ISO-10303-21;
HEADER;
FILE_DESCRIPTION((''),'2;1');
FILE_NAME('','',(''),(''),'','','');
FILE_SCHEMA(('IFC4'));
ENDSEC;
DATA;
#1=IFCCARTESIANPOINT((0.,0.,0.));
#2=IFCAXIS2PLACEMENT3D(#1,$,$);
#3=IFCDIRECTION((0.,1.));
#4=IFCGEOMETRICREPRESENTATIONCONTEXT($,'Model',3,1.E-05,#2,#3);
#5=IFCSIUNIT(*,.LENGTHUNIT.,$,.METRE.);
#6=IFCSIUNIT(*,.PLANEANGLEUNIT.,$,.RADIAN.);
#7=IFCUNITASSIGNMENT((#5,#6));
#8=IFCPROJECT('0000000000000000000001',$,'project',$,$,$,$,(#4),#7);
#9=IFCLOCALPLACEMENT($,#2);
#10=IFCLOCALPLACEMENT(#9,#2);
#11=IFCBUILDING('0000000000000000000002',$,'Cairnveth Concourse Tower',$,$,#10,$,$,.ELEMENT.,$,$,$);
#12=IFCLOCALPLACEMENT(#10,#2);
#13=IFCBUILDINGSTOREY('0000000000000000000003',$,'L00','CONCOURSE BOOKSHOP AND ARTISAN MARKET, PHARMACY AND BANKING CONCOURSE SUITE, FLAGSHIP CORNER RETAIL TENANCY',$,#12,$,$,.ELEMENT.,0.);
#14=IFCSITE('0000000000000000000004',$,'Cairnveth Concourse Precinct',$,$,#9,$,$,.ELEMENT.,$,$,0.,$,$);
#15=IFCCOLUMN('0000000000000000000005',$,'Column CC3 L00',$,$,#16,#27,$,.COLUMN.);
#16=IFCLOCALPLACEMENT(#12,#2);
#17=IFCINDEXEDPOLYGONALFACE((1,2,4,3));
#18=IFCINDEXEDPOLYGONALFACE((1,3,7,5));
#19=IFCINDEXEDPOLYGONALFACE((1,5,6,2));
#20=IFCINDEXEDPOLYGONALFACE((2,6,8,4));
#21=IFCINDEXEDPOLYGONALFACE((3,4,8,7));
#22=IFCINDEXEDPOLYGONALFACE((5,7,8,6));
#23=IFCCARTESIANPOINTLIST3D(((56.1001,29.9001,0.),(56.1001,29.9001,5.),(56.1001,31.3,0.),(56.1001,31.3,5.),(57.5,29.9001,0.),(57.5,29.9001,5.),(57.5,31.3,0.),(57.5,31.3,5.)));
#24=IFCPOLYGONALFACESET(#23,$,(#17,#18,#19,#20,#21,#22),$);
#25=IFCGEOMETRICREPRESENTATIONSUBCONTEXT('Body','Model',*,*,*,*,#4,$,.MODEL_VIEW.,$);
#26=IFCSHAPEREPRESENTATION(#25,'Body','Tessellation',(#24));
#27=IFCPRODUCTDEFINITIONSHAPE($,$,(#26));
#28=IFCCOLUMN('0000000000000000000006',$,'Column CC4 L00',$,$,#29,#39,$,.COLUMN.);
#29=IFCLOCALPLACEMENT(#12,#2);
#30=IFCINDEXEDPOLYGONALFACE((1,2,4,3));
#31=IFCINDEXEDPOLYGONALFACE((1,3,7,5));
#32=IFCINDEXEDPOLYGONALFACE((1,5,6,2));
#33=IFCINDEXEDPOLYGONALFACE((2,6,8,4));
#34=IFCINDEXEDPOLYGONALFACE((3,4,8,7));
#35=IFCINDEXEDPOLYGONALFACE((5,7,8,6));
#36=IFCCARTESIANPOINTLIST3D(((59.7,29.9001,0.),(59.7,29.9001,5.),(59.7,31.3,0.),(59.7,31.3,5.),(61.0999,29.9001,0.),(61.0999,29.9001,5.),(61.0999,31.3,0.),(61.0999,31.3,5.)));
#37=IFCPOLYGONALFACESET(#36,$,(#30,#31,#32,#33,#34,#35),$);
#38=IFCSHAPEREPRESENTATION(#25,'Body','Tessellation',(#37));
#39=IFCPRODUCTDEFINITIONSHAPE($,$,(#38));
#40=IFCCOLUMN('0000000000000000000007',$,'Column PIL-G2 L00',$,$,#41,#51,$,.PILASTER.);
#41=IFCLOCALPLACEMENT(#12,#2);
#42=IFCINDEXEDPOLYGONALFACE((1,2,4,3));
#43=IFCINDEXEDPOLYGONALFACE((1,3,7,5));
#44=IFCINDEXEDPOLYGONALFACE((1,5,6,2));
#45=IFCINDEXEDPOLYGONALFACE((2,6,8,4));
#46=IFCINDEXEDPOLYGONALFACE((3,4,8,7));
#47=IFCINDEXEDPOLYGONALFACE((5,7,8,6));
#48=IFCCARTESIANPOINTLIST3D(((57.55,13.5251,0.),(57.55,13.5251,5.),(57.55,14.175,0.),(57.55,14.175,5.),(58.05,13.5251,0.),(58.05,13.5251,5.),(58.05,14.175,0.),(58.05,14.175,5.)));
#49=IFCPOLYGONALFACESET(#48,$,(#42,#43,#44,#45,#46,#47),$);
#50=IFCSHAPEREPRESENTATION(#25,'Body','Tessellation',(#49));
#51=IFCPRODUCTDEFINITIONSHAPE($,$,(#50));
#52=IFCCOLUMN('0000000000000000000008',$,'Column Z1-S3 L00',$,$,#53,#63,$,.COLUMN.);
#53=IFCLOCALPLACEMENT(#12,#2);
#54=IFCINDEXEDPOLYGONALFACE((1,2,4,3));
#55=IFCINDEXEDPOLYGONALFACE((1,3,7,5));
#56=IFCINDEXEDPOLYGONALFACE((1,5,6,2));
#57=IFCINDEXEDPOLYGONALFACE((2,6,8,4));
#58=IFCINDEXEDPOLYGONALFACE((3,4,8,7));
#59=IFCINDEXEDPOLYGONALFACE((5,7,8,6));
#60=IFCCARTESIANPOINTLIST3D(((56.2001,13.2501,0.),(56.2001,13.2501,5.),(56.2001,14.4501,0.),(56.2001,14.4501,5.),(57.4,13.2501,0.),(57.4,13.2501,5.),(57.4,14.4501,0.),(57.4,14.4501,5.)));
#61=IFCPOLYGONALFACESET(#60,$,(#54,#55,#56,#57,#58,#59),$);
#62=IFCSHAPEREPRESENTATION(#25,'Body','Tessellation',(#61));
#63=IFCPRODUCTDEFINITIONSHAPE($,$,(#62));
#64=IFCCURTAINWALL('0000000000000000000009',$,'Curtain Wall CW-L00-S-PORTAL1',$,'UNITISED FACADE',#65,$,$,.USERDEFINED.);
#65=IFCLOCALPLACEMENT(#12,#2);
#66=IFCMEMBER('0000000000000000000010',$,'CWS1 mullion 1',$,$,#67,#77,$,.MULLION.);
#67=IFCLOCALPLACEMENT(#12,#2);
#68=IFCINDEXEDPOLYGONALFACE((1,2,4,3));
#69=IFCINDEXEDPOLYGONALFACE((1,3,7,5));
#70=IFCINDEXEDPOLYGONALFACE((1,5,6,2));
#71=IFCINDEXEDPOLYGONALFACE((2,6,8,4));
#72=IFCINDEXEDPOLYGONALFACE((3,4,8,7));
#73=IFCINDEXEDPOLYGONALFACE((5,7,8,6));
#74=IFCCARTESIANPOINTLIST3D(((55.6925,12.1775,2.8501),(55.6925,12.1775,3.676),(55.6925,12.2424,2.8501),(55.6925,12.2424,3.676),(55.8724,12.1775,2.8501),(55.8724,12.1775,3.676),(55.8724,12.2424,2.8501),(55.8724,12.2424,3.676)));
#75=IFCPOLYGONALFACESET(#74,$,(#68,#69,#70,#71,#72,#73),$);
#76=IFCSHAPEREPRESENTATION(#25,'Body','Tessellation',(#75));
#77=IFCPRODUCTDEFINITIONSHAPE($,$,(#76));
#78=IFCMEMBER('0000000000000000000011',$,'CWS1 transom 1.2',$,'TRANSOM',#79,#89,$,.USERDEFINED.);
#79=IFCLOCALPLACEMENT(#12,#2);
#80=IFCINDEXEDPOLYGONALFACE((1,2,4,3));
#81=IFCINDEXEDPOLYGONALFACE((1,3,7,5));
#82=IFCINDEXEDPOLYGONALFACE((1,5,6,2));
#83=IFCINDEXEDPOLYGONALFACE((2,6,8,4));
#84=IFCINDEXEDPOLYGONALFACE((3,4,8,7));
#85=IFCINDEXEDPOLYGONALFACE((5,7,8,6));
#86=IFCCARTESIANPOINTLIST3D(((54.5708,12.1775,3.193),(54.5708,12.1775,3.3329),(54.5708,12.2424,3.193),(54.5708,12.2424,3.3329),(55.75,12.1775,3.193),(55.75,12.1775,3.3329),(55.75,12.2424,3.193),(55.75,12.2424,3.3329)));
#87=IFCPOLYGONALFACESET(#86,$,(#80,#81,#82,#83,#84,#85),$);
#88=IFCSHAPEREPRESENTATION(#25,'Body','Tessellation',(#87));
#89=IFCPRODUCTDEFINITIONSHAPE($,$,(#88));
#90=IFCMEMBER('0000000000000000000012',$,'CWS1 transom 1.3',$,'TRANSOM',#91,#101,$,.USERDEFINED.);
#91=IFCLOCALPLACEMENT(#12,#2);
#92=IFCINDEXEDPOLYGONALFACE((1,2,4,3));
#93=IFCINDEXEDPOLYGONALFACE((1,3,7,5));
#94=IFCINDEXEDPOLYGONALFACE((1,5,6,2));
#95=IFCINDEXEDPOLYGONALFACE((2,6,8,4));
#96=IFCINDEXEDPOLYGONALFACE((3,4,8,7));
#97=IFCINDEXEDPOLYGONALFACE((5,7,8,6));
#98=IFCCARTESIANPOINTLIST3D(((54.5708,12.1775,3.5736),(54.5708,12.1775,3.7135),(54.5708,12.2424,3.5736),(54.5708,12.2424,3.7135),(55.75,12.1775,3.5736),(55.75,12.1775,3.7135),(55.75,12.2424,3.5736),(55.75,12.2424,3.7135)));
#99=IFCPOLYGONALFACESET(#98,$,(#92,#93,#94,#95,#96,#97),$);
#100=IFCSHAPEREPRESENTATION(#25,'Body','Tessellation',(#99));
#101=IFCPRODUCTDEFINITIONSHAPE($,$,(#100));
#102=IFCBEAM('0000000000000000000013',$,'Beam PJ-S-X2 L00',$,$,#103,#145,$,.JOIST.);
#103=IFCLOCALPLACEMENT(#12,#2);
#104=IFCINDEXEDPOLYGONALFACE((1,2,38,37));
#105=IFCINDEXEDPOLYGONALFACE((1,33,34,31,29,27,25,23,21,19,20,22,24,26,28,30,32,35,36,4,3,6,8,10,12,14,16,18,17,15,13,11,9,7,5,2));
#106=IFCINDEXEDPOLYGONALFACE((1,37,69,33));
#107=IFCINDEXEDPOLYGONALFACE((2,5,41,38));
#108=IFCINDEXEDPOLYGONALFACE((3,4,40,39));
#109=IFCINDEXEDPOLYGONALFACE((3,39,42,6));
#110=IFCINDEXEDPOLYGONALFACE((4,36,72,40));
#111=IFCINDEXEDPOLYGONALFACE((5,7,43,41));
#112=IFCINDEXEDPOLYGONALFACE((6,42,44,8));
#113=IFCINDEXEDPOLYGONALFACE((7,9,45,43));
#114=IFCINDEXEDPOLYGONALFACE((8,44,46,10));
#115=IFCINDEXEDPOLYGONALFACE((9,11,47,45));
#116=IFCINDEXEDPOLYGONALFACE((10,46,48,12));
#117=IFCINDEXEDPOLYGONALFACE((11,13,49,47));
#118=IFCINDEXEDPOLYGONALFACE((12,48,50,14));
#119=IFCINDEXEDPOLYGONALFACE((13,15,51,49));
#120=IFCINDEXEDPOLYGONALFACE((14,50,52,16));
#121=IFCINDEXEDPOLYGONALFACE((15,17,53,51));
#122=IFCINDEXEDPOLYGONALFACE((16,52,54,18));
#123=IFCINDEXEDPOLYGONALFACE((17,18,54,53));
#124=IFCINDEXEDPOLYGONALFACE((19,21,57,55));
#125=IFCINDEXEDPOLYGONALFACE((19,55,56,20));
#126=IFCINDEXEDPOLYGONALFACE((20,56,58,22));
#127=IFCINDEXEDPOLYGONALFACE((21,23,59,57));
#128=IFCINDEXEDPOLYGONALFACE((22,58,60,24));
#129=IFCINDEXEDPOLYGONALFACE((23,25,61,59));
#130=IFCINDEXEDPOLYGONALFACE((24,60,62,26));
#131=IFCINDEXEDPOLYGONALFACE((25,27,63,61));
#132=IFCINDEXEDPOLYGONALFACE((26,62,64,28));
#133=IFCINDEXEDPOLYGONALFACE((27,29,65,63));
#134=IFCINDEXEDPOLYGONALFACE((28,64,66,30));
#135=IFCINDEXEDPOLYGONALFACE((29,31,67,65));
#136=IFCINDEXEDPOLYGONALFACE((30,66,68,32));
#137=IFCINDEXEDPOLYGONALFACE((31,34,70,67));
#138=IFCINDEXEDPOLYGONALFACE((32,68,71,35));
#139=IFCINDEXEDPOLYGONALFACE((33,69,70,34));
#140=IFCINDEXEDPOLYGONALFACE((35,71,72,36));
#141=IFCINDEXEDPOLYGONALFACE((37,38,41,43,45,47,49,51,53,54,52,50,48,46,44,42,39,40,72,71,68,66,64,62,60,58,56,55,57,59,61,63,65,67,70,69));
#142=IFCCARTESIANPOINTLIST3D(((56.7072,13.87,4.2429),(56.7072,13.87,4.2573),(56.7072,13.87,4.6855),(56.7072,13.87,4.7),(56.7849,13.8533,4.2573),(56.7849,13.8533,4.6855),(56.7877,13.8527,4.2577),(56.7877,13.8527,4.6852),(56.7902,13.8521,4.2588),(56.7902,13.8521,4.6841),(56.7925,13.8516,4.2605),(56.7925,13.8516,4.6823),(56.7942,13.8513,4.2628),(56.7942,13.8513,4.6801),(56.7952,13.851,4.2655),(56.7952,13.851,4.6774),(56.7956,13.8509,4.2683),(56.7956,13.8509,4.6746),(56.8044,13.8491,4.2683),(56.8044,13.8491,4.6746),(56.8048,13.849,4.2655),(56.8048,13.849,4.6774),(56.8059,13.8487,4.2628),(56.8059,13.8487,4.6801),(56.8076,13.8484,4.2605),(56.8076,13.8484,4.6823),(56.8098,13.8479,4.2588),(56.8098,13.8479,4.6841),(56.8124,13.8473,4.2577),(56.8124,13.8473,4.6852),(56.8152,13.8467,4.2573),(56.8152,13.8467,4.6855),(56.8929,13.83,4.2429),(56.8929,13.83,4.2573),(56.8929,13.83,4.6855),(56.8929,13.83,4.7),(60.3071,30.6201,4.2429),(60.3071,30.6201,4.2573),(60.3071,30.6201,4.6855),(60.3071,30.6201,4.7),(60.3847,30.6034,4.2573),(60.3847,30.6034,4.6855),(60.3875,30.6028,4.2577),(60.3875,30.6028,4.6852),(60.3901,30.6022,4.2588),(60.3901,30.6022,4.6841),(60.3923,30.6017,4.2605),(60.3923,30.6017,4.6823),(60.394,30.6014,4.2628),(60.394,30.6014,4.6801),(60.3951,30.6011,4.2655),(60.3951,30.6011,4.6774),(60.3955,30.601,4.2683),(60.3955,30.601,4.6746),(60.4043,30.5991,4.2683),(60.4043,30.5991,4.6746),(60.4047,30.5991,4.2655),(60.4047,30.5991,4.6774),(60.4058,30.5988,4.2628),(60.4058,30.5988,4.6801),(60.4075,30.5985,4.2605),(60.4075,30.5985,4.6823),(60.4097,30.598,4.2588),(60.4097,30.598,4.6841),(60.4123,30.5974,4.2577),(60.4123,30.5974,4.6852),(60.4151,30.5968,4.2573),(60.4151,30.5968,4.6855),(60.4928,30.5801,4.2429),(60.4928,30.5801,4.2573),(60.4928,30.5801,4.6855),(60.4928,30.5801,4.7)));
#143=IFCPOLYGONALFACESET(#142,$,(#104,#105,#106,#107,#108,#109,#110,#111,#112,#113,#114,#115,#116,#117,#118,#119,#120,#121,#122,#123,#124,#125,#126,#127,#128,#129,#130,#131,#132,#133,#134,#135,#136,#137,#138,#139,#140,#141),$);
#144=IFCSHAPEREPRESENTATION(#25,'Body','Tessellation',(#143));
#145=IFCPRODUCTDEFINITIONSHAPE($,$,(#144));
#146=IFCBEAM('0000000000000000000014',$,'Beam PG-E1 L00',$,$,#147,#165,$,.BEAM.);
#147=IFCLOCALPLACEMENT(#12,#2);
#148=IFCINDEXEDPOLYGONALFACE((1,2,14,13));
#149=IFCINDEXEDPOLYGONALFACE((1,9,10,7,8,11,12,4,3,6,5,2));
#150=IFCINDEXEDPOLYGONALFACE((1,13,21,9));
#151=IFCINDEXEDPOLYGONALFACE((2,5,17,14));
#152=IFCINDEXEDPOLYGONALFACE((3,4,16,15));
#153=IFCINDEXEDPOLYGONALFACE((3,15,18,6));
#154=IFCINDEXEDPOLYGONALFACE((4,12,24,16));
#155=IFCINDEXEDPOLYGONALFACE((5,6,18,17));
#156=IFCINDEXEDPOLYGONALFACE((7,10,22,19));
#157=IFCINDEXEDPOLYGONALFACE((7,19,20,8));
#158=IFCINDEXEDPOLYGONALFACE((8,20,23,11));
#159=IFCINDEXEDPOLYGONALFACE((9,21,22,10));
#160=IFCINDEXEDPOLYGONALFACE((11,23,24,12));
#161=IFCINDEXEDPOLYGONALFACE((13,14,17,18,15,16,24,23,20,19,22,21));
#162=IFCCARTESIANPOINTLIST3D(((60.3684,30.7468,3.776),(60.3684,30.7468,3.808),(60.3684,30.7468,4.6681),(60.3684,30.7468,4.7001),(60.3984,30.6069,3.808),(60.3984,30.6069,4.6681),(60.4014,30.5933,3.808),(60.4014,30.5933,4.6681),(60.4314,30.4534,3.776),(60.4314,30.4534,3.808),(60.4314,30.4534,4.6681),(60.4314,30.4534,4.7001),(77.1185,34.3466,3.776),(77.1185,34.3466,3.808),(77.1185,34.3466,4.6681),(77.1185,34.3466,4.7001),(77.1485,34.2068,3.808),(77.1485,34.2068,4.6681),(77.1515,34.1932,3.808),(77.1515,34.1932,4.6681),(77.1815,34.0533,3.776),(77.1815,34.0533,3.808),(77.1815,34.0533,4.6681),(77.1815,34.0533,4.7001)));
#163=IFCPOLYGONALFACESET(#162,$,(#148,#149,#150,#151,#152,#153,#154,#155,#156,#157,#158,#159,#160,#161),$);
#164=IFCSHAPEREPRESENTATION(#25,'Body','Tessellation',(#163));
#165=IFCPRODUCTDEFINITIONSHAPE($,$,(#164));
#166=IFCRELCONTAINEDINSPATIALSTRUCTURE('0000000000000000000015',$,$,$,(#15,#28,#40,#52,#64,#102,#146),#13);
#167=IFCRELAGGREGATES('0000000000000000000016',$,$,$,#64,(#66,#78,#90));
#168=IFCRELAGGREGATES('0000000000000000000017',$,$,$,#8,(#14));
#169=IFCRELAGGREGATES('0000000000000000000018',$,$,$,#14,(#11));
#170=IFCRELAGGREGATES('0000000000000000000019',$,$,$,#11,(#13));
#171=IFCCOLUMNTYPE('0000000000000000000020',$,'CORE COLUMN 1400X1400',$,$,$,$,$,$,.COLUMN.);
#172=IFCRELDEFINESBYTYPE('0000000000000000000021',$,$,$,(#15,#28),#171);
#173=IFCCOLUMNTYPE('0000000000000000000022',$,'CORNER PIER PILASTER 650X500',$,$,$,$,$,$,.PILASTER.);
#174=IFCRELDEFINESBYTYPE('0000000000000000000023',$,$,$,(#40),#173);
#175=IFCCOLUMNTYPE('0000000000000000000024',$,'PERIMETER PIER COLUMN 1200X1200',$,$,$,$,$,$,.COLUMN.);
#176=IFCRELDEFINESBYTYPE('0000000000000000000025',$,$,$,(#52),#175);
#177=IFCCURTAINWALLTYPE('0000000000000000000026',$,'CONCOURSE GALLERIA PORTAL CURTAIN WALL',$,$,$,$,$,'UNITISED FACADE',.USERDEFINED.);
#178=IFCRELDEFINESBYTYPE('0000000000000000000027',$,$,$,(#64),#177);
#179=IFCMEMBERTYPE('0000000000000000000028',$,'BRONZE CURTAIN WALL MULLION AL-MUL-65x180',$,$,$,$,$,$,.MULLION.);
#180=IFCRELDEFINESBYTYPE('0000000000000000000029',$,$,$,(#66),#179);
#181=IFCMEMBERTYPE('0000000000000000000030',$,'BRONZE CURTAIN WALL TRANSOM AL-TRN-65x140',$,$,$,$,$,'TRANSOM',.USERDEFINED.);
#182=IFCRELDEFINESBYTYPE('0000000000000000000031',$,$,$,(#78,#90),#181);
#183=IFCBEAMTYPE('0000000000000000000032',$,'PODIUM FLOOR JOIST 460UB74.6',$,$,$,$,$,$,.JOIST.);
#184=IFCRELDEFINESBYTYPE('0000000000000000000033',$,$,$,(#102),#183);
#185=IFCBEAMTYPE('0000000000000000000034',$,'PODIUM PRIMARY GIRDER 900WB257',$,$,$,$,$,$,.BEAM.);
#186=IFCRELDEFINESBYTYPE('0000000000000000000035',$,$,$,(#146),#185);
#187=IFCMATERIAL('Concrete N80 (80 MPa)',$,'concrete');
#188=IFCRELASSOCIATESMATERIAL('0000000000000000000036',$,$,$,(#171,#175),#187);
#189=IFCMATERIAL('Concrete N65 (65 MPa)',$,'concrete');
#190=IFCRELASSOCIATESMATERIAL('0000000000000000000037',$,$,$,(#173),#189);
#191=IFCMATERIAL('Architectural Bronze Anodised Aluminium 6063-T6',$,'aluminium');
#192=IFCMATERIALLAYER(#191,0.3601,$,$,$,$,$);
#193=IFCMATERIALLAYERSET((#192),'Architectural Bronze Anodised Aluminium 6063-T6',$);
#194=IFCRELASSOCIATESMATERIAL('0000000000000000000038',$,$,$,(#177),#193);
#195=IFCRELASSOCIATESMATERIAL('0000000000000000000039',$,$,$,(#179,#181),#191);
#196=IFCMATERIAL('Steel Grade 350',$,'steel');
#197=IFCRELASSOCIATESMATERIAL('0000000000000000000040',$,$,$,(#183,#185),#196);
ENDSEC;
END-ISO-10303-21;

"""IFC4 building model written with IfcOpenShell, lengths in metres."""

from ifc_helpers import new_model, si_unit, direction, frame, origin, origin_2d, place, context, subcontext, project, spatial, rectangle, i_section, extrude, material, layer, layer_set, material_profile, profile_set, type_object, element, aggregate, save


model = new_model("IFC4")

# Units and contexts
model_context = context("Model", 3, precision=1e-05, world=origin(), true_north=direction((0.0, 1.0)))
body_context = subcontext(model_context, "Body", "Model", "MODEL_VIEW")
ifc_project = project(units=[si_unit("LENGTHUNIT", "METRE"), si_unit("PLANEANGLEUNIT", "RADIAN")], contexts=[model_context])

# Site, building, storey
site_placement = place(None, origin())
site = spatial("IfcSite", under=ifc_project, at=site_placement, Name="Cairnveth Concourse Precinct", CompositionType="ELEMENT", RefElevation=0.0)
building_placement = place(site_placement, origin())
building = spatial("IfcBuilding", under=site, at=building_placement, Name="Cairnveth Concourse Tower", CompositionType="ELEMENT")
storey_placement = place(building_placement, origin())
storey = spatial("IfcBuildingStorey", under=building, at=storey_placement, Name="L00", Description="CONCOURSE BOOKSHOP AND ARTISAN MARKET, PHARMACY AND BANKING CONCOURSE SUITE, FLAGSHIP CORNER RETAIL TENANCY", CompositionType="ELEMENT", Elevation=0.0)

# Columns
ifc_material_1 = material(Name="Concrete N80 (80 MPa)", Category="concrete")
ifc_material_profile_1 = material_profile(ifc_material_1, rectangle(XDim=1.3999, YDim=1.3999, at=origin_2d()), Name="RC-COL-1400x1400")
ifc_profile_set_1 = profile_set([ifc_material_profile_1], Name="Concrete N80 (80 MPa)")
column_type_1 = type_object("IfcColumnType", Name="CORE COLUMN 1400X1400", PredefinedType="COLUMN", material=ifc_profile_set_1)
for number, where, z_axis, x_axis, name in (
    (1, (56.8, 30.6001, 0.0), (0.0, 0.0, 1.0), (1.0, 0.0, 0.0), "Column CC3 L00"),
    (2, (60.3999, 30.6001, 0.0), (0.0, 0.0, 1.0), (1.0, 0.0, 0.0), "Column CC4 L00"),
):
    element("IfcColumn", number, at=place(storey_placement, frame(where, z_axis=z_axis, x_axis=x_axis)), inside=storey, type_object=column_type_1, Name=name, PredefinedType="COLUMN", context=body_context, shape_type="SweptSolid", body=[
        extrude(rectangle(XDim=1.3999, YDim=1.3999, at=origin_2d()), origin(), (0.0, 0.0, 1.0), 5.0),
    ])
ifc_material_2 = material(Name="Concrete N65 (65 MPa)", Category="concrete")
ifc_material_profile_2 = material_profile(ifc_material_2, rectangle(XDim=0.5, YDim=0.6499, at=origin_2d()), Name="RC-PIL-650x500")
ifc_profile_set_2 = profile_set([ifc_material_profile_2], Name="Concrete N65 (65 MPa)")
column_type_2 = type_object("IfcColumnType", Name="CORNER PIER PILASTER 650X500", PredefinedType="PILASTER", material=ifc_profile_set_2)
column_1_placement = place(storey_placement, frame((57.8, 13.8501, 0.0), z_axis=(0.0, 0.0, 1.0), x_axis=(1.0, 0.0, 0.0)))
element("IfcColumn", 3, at=column_1_placement, inside=storey, type_object=column_type_2, Name="Column PIL-G2 L00", PredefinedType="PILASTER", context=body_context, shape_type="SweptSolid", body=[
    extrude(rectangle(XDim=0.5, YDim=0.6499, at=origin_2d()), origin(), (0.0, 0.0, 1.0), 5.0),
])
ifc_material_profile_3 = material_profile(ifc_material_1, rectangle(XDim=1.2, YDim=1.2, at=origin_2d()), Name="RC-COL-1200x1200")
ifc_profile_set_3 = profile_set([ifc_material_profile_3], Name="Concrete N80 (80 MPa)")
column_type_3 = type_object("IfcColumnType", Name="PERIMETER PIER COLUMN 1200X1200", PredefinedType="COLUMN", material=ifc_profile_set_3)
column_2_placement = place(storey_placement, frame((56.8, 13.8501, 0.0), z_axis=(0.0, 0.0, 1.0), x_axis=(1.0, 0.0, 0.0)))
element("IfcColumn", 4, at=column_2_placement, inside=storey, type_object=column_type_3, Name="Column Z1-S3 L00", PredefinedType="COLUMN", context=body_context, shape_type="SweptSolid", body=[
    extrude(rectangle(XDim=1.2, YDim=1.2, at=origin_2d()), origin(), (0.0, 0.0, 1.0), 5.0),
])

# Curtain wall, members
ifc_material_3 = material(Name="Architectural Bronze Anodised Aluminium 6063-T6", Category="aluminium")
ifc_layer_1 = layer(ifc_material_3, 0.3601)
ifc_layer_set_1 = layer_set([ifc_layer_1], Name="Architectural Bronze Anodised Aluminium 6063-T6")
curtain_wall_type = type_object("IfcCurtainWallType", Name="CONCOURSE GALLERIA PORTAL CURTAIN WALL", ElementType="UNITISED FACADE", PredefinedType="USERDEFINED", material=ifc_layer_set_1)
curtain_wall_placement = place(storey_placement, origin())
curtain_wall = element("IfcCurtainWall", 5, at=curtain_wall_placement, inside=storey, type_object=curtain_wall_type, Name="Curtain Wall CW-L00-S-PORTAL1", ObjectType="UNITISED FACADE", PredefinedType="USERDEFINED")
ifc_material_profile_4 = material_profile(ifc_material_3, rectangle(XDim=0.0649, YDim=0.1799, at=origin_2d()), Name="AL-MUL-65x180")
ifc_profile_set_4 = profile_set([ifc_material_profile_4], Name="Architectural Bronze Anodised Aluminium 6063-T6")
member_type_1 = type_object("IfcMemberType", Name="BRONZE CURTAIN WALL MULLION AL-MUL-65x180", PredefinedType="MULLION", material=ifc_profile_set_4)
member_1_placement = place(storey_placement, frame((55.7825, 12.21, 2.8501), z_axis=(0.0, 0.0, 1.0), x_axis=(0.0, -1.0, 0.0)))
member_1 = element("IfcMember", 6, at=member_1_placement, type_object=member_type_1, Name="CWS1 mullion 1", PredefinedType="MULLION", context=body_context, shape_type="SweptSolid", body=[
    extrude(rectangle(XDim=0.0649, YDim=0.1799, at=origin_2d()), origin(), (0.0, 0.0, 1.0), 0.8259),
])
ifc_material_profile_5 = material_profile(ifc_material_3, rectangle(XDim=0.0649, YDim=0.1399, at=origin_2d()), Name="AL-TRN-65x140")
ifc_profile_set_5 = profile_set([ifc_material_profile_5], Name="Architectural Bronze Anodised Aluminium 6063-T6")
member_type_2 = type_object("IfcMemberType", Name="BRONZE CURTAIN WALL TRANSOM AL-TRN-65x140", ElementType="TRANSOM", PredefinedType="USERDEFINED", material=ifc_profile_set_5)
member_2_placement = place(storey_placement, frame((55.75, 12.21, 3.2629), z_axis=(-1.0, 0.0, 0.0), x_axis=(0.0, -1.0, 0.0)))
member_2 = element("IfcMember", 7, at=member_2_placement, type_object=member_type_2, Name="CWS1 transom 1.2", ObjectType="TRANSOM", PredefinedType="USERDEFINED", context=body_context, shape_type="SweptSolid", body=[
    extrude(rectangle(XDim=0.0649, YDim=0.1399, at=origin_2d()), origin(), (0.0, 0.0, 1.0), 1.1792),
])
member_3_placement = place(storey_placement, frame((55.75, 12.21, 3.6436), z_axis=(-1.0, 0.0, 0.0), x_axis=(0.0, -1.0, 0.0)))
member_3 = element("IfcMember", 8, at=member_3_placement, type_object=member_type_2, Name="CWS1 transom 1.3", ObjectType="TRANSOM", PredefinedType="USERDEFINED", context=body_context, shape_type="SweptSolid", body=[
    extrude(rectangle(XDim=0.0649, YDim=0.1399, at=origin_2d()), origin(), (0.0, 0.0, 1.0), 1.1792),
])
aggregate(curtain_wall, [member_1, member_2, member_3])

# Beams
ifc_material_4 = material(Name="Steel Grade 350", Category="steel")
ifc_material_profile_6 = material_profile(ifc_material_4, i_section(OverallWidth=0.1899, OverallDepth=0.457, WebThickness=0.009, FlangeThickness=0.0144, FilletRadius=0.011, at=origin_2d()), Name="460UB74.6")
ifc_profile_set_6 = profile_set([ifc_material_profile_6], Name="Steel Grade 350")
beam_type_1 = type_object("IfcBeamType", Name="PODIUM FLOOR JOIST 460UB74.6", PredefinedType="JOIST", material=ifc_profile_set_6)
beam_1_placement = place(storey_placement, frame((60.3999, 30.6001, 4.4714), z_axis=(-0.210119, -0.977676, 0.0), x_axis=(0.977676, -0.210119, 0.0)))
element("IfcBeam", 9, at=beam_1_placement, inside=storey, type_object=beam_type_1, Name="Beam PJ-S-X2 L00", PredefinedType="JOIST", context=body_context, shape_type="SweptSolid", body=[
    extrude(i_section(OverallWidth=0.1899, OverallDepth=0.457, WebThickness=0.009, FlangeThickness=0.0144, FilletRadius=0.011, at=origin_2d()), origin(), (0.0, 0.0, 1.0), 17.1326),
])
ifc_material_profile_7 = material_profile(ifc_material_4, i_section(OverallWidth=0.3, OverallDepth=0.9241, WebThickness=0.0139, FlangeThickness=0.032, at=origin_2d()), Name="900WB257")
ifc_profile_set_7 = profile_set([ifc_material_profile_7], Name="Steel Grade 350")
beam_type_2 = type_object("IfcBeamType", Name="PODIUM PRIMARY GIRDER 900WB257", PredefinedType="BEAM", material=ifc_profile_set_7)
beam_2_placement = place(storey_placement, frame((60.3999, 30.6001, 4.238), z_axis=(0.977676, 0.210119, 0.0), x_axis=(-0.210119, 0.977676, 0.0)))
element("IfcBeam", 10, at=beam_2_placement, inside=storey, type_object=beam_type_2, Name="Beam PG-E1 L00", PredefinedType="BEAM", context=body_context, shape_type="SweptSolid", body=[
    extrude(i_section(OverallWidth=0.3, OverallDepth=0.9241, WebThickness=0.0139, FlangeThickness=0.032, at=origin_2d()), origin(), (0.0, 0.0, 1.0), 17.1326),
])

save(model, "model.ifc")
